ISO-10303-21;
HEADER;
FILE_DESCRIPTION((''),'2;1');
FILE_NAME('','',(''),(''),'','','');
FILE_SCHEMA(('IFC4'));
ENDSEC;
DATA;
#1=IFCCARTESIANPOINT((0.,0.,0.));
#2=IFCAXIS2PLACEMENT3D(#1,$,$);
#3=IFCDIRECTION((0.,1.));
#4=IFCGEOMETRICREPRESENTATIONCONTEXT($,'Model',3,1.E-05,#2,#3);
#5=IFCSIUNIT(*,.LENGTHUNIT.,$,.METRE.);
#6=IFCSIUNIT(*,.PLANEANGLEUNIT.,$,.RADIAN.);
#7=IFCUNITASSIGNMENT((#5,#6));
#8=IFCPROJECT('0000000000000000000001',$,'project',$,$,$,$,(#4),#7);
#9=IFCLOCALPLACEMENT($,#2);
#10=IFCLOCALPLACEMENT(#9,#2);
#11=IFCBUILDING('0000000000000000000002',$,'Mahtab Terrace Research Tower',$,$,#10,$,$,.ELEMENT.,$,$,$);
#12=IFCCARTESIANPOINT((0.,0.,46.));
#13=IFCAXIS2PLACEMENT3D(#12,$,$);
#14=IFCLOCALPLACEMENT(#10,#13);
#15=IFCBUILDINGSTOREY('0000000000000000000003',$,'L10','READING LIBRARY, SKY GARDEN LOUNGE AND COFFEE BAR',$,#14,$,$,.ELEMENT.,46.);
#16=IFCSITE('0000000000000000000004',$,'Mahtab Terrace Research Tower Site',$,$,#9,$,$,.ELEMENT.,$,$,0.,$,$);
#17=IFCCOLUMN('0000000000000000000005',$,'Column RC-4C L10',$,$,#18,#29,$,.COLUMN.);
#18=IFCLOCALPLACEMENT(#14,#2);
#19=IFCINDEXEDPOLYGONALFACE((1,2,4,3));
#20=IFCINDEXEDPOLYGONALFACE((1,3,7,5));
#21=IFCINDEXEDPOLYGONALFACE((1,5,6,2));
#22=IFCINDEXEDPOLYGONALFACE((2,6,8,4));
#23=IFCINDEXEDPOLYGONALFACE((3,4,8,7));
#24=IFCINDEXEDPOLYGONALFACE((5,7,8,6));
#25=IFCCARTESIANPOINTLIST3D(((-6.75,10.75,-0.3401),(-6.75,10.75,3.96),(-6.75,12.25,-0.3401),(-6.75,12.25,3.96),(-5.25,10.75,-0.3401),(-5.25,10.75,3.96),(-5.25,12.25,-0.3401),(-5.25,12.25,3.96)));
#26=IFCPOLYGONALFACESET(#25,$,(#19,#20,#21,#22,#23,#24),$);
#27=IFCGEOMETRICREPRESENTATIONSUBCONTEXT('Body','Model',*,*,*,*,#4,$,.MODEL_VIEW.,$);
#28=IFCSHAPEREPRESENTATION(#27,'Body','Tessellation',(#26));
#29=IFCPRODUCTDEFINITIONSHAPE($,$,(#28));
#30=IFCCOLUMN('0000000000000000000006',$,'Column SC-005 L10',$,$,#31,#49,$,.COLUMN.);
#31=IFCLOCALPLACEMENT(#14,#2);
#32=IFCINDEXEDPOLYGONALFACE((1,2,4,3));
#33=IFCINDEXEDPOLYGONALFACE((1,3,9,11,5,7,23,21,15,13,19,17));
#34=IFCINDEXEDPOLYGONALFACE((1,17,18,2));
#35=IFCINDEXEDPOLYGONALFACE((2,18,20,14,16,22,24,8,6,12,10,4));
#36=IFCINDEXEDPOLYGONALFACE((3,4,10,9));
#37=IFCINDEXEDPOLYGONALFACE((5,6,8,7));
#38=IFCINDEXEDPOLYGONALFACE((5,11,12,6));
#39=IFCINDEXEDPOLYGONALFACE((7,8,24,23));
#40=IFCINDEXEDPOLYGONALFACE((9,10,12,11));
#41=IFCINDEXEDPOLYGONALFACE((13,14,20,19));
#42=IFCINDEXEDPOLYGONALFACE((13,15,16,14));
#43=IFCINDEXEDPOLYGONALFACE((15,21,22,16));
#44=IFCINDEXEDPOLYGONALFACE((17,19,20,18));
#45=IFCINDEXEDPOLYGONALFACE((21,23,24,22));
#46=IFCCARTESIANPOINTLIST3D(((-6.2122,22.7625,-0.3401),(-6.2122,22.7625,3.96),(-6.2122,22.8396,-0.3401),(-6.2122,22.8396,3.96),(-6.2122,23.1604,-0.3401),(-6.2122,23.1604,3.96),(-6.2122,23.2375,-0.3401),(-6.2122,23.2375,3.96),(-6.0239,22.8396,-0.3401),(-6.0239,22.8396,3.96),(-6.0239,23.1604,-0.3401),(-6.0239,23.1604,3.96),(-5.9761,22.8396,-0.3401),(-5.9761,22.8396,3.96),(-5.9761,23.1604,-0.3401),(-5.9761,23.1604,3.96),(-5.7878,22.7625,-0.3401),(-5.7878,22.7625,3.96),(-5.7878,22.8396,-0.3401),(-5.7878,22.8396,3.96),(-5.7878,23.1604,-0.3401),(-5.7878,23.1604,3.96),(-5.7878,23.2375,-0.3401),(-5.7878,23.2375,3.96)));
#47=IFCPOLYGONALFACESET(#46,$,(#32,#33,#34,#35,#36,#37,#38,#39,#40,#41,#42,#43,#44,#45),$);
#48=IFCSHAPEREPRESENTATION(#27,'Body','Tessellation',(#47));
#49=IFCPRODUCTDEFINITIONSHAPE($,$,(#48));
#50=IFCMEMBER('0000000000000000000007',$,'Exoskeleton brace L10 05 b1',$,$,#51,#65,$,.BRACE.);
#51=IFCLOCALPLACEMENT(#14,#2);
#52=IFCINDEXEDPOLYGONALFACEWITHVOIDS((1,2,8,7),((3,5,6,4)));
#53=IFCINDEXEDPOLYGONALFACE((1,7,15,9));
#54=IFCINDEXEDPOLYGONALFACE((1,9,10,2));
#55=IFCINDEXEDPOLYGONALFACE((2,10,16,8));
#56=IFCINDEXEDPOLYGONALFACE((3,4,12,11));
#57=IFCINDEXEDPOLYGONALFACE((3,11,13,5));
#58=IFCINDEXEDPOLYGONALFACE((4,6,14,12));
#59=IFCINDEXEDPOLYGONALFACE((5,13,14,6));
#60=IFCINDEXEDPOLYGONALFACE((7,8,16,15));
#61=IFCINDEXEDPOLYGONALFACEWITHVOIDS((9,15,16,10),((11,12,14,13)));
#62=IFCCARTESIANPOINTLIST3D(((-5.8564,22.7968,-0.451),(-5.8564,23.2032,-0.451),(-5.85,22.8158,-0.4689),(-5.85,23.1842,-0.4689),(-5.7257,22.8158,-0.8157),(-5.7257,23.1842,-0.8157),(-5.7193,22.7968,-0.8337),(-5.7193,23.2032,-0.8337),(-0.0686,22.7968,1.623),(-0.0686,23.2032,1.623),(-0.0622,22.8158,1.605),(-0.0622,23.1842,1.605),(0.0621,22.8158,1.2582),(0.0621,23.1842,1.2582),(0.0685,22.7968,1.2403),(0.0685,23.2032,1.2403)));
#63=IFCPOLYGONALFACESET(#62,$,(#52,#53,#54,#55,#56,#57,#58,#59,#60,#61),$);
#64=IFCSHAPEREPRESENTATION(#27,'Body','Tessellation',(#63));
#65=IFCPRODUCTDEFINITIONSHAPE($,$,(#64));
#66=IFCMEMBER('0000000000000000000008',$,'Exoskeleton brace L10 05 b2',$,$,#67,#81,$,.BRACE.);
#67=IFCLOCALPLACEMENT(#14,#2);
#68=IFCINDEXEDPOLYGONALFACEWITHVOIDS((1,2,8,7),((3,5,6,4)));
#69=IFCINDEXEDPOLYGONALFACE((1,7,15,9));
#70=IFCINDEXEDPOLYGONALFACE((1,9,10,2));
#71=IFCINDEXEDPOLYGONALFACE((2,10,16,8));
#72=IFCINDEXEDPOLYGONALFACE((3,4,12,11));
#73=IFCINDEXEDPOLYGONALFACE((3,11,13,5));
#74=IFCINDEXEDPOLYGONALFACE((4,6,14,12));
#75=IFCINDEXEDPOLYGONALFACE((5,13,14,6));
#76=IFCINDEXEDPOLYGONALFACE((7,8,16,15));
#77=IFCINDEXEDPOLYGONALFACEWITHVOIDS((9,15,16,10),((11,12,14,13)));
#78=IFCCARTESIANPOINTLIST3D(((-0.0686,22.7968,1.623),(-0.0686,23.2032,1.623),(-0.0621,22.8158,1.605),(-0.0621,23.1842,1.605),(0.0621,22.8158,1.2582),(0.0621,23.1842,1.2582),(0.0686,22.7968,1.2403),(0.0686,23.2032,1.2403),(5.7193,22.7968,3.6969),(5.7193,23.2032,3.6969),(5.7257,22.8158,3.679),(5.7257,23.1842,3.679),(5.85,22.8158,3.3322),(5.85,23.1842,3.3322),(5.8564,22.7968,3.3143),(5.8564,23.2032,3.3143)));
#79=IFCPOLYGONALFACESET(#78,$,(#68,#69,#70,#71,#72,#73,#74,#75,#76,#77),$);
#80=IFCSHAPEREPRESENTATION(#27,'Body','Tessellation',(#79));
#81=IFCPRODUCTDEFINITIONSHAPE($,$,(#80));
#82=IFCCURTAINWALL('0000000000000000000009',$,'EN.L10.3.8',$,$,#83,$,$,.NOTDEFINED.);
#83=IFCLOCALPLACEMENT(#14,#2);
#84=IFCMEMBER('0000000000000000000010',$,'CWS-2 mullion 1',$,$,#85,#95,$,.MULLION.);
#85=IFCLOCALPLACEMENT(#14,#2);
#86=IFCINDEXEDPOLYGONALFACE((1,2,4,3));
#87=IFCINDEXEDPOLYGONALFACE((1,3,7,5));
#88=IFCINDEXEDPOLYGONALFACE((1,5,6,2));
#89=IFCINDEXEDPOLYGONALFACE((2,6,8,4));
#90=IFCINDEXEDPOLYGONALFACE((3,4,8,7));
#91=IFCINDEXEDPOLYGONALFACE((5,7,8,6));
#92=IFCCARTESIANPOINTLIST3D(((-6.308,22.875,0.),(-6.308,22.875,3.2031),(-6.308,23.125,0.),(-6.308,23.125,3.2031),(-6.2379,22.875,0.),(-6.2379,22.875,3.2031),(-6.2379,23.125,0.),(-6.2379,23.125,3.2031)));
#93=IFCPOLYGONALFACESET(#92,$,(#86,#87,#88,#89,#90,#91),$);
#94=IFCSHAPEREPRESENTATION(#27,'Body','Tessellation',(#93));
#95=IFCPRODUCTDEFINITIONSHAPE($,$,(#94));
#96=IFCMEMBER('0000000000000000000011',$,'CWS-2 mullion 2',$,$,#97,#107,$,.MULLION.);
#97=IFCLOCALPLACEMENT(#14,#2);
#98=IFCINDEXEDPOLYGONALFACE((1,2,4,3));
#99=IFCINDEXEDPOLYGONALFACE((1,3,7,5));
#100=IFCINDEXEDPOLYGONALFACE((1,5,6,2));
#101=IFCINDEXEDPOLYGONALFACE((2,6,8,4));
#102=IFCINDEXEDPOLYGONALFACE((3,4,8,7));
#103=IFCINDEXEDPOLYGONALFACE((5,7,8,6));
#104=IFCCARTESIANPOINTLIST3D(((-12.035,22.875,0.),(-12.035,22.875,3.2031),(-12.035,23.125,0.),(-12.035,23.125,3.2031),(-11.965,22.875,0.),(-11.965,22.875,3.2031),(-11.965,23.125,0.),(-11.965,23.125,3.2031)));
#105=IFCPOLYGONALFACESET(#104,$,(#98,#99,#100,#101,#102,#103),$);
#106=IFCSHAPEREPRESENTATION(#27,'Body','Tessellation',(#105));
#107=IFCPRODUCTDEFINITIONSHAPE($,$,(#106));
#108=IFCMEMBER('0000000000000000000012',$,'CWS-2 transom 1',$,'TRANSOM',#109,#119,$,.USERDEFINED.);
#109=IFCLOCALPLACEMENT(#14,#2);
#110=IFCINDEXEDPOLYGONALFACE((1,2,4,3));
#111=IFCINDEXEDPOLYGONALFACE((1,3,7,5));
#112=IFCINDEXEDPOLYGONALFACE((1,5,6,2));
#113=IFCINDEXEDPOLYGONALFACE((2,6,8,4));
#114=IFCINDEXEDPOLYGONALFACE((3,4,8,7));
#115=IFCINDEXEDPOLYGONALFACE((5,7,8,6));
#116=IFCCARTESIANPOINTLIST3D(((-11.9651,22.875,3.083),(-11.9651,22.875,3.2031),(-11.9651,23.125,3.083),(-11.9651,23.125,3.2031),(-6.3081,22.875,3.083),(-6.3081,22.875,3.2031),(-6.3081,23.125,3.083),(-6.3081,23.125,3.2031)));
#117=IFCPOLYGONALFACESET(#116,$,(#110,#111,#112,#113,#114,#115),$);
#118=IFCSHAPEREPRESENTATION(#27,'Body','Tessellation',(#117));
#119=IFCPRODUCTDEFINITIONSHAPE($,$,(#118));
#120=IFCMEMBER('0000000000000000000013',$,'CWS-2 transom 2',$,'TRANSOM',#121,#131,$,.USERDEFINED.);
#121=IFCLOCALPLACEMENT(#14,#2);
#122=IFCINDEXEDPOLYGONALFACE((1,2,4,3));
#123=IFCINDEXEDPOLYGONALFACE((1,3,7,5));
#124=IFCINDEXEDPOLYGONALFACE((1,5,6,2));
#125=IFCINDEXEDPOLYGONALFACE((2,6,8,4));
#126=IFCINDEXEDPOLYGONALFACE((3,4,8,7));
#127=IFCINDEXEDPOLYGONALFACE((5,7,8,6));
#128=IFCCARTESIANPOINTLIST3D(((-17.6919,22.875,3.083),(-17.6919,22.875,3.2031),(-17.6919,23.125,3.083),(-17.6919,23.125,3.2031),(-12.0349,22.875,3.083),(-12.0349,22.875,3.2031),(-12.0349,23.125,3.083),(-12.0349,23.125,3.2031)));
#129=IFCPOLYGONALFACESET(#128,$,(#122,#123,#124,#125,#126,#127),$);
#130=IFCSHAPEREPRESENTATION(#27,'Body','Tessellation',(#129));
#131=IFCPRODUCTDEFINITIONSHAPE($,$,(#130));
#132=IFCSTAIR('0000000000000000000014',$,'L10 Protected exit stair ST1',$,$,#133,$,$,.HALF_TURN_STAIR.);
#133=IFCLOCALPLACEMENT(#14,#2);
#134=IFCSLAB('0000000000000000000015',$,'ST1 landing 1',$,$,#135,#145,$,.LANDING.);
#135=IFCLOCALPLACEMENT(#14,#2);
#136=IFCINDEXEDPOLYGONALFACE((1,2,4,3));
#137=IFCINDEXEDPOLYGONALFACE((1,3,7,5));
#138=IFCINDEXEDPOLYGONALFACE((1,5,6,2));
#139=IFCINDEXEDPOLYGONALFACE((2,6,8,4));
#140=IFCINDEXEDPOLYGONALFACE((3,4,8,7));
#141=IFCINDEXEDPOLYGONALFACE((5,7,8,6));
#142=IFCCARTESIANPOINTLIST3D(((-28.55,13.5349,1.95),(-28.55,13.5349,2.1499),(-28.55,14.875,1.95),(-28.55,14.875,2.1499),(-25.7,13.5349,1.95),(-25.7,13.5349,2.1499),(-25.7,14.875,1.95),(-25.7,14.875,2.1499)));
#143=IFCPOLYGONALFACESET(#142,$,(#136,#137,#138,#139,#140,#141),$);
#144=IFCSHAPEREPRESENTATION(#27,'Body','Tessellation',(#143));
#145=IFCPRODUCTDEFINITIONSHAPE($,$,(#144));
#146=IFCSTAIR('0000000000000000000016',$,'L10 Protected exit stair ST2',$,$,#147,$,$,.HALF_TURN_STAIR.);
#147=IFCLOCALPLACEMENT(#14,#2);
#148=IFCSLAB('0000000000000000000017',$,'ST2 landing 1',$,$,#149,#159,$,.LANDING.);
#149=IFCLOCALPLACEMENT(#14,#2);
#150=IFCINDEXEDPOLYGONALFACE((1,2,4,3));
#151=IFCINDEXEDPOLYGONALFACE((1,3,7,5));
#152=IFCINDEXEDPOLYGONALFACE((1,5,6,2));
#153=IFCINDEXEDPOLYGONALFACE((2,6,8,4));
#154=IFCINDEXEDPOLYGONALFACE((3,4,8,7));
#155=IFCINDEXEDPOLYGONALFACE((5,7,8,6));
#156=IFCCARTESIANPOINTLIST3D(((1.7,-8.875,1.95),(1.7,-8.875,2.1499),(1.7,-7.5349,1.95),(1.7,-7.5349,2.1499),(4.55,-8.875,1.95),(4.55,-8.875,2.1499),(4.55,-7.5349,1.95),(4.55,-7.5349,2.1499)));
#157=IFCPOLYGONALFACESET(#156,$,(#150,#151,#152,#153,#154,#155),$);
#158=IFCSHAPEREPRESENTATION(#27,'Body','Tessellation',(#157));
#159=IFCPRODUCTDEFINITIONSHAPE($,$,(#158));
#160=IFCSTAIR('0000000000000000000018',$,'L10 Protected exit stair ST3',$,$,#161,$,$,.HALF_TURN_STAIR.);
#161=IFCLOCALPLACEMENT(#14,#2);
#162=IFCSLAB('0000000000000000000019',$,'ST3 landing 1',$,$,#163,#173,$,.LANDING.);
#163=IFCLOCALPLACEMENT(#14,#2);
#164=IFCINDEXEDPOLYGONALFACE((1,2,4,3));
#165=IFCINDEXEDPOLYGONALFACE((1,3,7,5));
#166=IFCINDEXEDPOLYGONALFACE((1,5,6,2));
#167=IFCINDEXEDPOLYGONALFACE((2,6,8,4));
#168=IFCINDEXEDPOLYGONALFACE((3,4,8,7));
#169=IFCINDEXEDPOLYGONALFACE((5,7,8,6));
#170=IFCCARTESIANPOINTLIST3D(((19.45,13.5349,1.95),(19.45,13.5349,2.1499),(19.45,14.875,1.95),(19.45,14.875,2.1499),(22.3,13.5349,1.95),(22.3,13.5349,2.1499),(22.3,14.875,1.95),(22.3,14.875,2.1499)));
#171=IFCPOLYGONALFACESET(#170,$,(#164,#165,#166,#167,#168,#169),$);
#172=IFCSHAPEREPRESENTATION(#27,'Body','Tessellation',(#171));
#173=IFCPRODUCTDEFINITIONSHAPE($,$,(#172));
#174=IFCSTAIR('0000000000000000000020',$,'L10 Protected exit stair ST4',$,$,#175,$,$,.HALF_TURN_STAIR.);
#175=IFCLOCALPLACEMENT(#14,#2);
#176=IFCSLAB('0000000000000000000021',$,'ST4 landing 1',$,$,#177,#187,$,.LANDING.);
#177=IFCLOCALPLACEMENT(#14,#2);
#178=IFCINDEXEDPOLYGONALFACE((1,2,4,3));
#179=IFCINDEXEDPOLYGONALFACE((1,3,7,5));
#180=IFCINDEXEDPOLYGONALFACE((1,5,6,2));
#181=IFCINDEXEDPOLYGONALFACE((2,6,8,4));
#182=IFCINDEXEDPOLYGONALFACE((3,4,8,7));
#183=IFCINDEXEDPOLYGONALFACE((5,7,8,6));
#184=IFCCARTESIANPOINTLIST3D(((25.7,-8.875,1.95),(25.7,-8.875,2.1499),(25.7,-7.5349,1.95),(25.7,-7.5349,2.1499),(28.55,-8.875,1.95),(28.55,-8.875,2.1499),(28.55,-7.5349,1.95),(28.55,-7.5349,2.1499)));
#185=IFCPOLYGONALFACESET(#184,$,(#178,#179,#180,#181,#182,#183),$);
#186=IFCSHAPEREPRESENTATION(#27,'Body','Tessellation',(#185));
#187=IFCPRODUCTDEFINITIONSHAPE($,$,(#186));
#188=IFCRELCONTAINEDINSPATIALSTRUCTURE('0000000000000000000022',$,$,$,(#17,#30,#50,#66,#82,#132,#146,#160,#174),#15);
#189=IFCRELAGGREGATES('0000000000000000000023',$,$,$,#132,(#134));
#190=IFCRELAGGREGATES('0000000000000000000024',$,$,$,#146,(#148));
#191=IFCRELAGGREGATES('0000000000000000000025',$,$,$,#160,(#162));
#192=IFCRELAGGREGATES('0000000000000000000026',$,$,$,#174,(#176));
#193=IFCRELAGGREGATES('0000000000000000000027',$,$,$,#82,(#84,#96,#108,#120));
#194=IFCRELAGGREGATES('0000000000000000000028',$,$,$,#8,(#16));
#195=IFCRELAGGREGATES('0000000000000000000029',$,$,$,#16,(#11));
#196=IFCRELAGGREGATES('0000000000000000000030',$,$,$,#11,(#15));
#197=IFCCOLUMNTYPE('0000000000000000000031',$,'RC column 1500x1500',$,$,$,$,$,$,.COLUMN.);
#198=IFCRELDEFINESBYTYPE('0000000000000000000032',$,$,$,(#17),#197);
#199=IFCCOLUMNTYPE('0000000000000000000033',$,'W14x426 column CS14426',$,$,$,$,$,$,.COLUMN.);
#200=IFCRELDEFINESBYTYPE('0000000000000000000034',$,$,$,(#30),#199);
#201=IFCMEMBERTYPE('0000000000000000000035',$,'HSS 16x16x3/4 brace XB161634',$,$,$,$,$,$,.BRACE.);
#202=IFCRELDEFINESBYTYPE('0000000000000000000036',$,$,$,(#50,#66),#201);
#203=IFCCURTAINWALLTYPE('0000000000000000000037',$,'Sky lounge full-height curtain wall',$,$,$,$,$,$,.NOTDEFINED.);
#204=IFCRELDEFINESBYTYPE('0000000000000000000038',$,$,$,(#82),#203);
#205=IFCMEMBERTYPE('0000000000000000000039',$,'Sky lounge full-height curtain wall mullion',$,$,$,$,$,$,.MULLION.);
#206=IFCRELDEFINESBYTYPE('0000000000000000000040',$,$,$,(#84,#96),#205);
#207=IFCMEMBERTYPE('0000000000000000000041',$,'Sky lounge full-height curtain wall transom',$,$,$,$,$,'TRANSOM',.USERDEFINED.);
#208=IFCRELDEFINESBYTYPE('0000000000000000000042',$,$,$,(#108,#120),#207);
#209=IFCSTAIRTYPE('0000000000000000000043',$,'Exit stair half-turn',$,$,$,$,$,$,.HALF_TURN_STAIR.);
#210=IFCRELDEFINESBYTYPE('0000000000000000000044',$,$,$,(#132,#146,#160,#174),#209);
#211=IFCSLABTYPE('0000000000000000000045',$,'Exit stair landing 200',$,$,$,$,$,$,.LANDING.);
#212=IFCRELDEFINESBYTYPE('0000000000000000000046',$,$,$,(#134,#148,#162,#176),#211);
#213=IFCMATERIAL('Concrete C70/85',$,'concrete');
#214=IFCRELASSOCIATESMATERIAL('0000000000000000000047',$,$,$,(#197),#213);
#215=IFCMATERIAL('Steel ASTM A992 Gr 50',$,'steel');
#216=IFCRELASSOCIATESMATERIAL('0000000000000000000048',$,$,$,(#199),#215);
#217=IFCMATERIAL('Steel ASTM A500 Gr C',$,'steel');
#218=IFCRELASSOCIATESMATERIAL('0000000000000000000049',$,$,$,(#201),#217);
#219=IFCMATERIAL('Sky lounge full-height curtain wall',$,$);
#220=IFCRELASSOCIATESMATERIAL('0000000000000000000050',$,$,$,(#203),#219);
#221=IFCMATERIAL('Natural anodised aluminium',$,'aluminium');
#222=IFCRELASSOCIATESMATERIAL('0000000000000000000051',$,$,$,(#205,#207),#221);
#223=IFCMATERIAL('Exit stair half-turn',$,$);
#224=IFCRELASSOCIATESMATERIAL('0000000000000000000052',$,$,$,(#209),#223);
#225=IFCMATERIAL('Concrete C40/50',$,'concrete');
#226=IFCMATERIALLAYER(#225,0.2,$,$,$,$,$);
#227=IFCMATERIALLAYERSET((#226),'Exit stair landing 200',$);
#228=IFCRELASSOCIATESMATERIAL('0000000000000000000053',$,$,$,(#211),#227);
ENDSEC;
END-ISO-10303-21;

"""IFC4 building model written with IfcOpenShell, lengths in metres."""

from ifc_helpers import new_model, si_unit, direction, frame, origin, origin_2d, place, context, subcontext, project, spatial, polyline, rectangle, hollow_rectangle, i_section, outline, extrude, material, layer, layer_set, material_profile, profile_set, type_object, element, aggregate, save


model = new_model("IFC4")

# Units and contexts
model_context = context("Model", 3, precision=1e-05, world=origin(), true_north=direction((0.0, 1.0)))
body_context = subcontext(model_context, "Body", "Model", "MODEL_VIEW")
ifc_project = project(units=[si_unit("LENGTHUNIT", "METRE"), si_unit("PLANEANGLEUNIT", "RADIAN")], contexts=[model_context])

# Site, building, storey
site_placement = place(None, origin())
site = spatial("IfcSite", under=ifc_project, at=site_placement, Name="Mahtab Terrace Research Tower Site", CompositionType="ELEMENT", RefElevation=0.0)
building_placement = place(site_placement, origin())
building = spatial("IfcBuilding", under=site, at=building_placement, Name="Mahtab Terrace Research Tower", CompositionType="ELEMENT")
storey_placement = place(building_placement, frame((0.0, 0.0, 46.0)))
storey = spatial("IfcBuildingStorey", under=building, at=storey_placement, Name="L10", Description="READING LIBRARY, SKY GARDEN LOUNGE AND COFFEE BAR", CompositionType="ELEMENT", Elevation=46.0)

# Columns
ifc_material_1 = material(Name="Concrete C70/85", Category="concrete")
ifc_material_profile_1 = material_profile(ifc_material_1, rectangle(XDim=1.5, YDim=1.5, at=origin_2d()), Name="RC column 1500x1500")
ifc_profile_set_1 = profile_set([ifc_material_profile_1], Name="Concrete C70/85")
column_type_1 = type_object("IfcColumnType", Name="RC column 1500x1500", PredefinedType="COLUMN", material=ifc_profile_set_1)
column_1_placement = place(storey_placement, frame((-6.0, 11.5, -0.3401), z_axis=(0.0, 0.0, 1.0), x_axis=(1.0, 0.0, 0.0)))
element("IfcColumn", 1, at=column_1_placement, inside=storey, type_object=column_type_1, Name="Column RC-4C L10", PredefinedType="COLUMN", context=body_context, shape_type="SweptSolid", body=[
    extrude(rectangle(XDim=1.5, YDim=1.5, at=origin_2d()), origin(), (0.0, 0.0, 1.0), 4.3),
])
ifc_material_2 = material(Name="Steel ASTM A992 Gr 50", Category="steel")
ifc_material_profile_2 = material_profile(ifc_material_2, i_section(OverallWidth=0.4243, OverallDepth=0.4751, WebThickness=0.0479, FlangeThickness=0.0771, at=origin_2d()), Name="W14X426")
ifc_profile_set_2 = profile_set([ifc_material_profile_2], Name="Steel ASTM A992 Gr 50")
column_type_2 = type_object("IfcColumnType", Name="W14x426 column CS14426", PredefinedType="COLUMN", material=ifc_profile_set_2)
column_2_placement = place(storey_placement, frame((-6.0, 23.0, -0.3401), z_axis=(0.0, 0.0, 1.0), x_axis=(1.0, 0.0, 0.0)))
element("IfcColumn", 2, at=column_2_placement, inside=storey, type_object=column_type_2, Name="Column SC-005 L10", PredefinedType="COLUMN", context=body_context, shape_type="SweptSolid", body=[
    extrude(i_section(OverallWidth=0.4243, OverallDepth=0.4751, WebThickness=0.0479, FlangeThickness=0.0771, at=origin_2d()), origin(), (0.0, 0.0, 1.0), 4.3),
])

# Members
ifc_material_3 = material(Name="Steel ASTM A500 Gr C", Category="steel")
ifc_material_profile_3 = material_profile(ifc_material_3, hollow_rectangle(XDim=0.4065, YDim=0.4065, WallThickness=0.019, at=origin_2d()), Name="HSS16X16X3/4")
ifc_profile_set_3 = profile_set([ifc_material_profile_3], Name="Steel ASTM A500 Gr C")
member_type_1 = type_object("IfcMemberType", Name="HSS 16x16x3/4 brace XB161634", PredefinedType="BRACE", material=ifc_profile_set_3)
for number, where, z_axis, x_axis, name in (
    (3, (-5.7878, 23.0, -0.6423), (0.941387, 0.0, 0.33733), (0.0, 1.0, 0.0), "Exoskeleton brace L10 05 b1"),
    (4, (0.0, 23.0, 1.4316), (0.941387, 0.0, 0.33733), (0.0, 1.0, 0.0), "Exoskeleton brace L10 05 b2"),
):
    element("IfcMember", number, at=place(storey_placement, frame(where, z_axis=z_axis, x_axis=x_axis)), inside=storey, type_object=member_type_1, Name=name, PredefinedType="BRACE", context=body_context, shape_type="SweptSolid", body=[
        extrude(hollow_rectangle(XDim=0.4065, YDim=0.4065, WallThickness=0.019, at=origin_2d()), origin(), (0.0, 0.0, 1.0), 6.1482),
    ])

# Curtain wall, members
ifc_material_4 = material(Name="Sky lounge full-height curtain wall")
curtain_wall_type = type_object("IfcCurtainWallType", Name="Sky lounge full-height curtain wall", PredefinedType="NOTDEFINED", material=ifc_material_4)
curtain_wall_placement = place(storey_placement, origin())
curtain_wall = element("IfcCurtainWall", 5, at=curtain_wall_placement, inside=storey, type_object=curtain_wall_type, Name="EN.L10.3.8", PredefinedType="NOTDEFINED")
ifc_material_5 = material(Name="Natural anodised aluminium", Category="aluminium")
ifc_material_profile_4 = material_profile(ifc_material_5, rectangle(XDim=0.25, YDim=0.0701, at=origin_2d()), Name="MULLION 70x250")
ifc_profile_set_4 = profile_set([ifc_material_profile_4], Name="Natural anodised aluminium")
member_type_2 = type_object("IfcMemberType", Name="Sky lounge full-height curtain wall mullion", PredefinedType="MULLION", material=ifc_profile_set_4)
member_1_placement = place(storey_placement, frame((-6.2729, 23.0, 0.0), z_axis=(0.0, 0.0, 1.0), x_axis=(0.0, -1.0, 0.0)))
member_1 = element("IfcMember", 6, at=member_1_placement, type_object=member_type_2, Name="CWS-2 mullion 1", PredefinedType="MULLION", context=body_context, shape_type="SweptSolid", body=[
    extrude(rectangle(XDim=0.25, YDim=0.0701, at=origin_2d()), origin(), (0.0, 0.0, 1.0), 3.2031),
])
member_2_placement = place(storey_placement, frame((-12.0, 23.0, 0.0), z_axis=(0.0, 0.0, 1.0), x_axis=(0.0, -1.0, 0.0)))
member_2 = element("IfcMember", 7, at=member_2_placement, type_object=member_type_2, Name="CWS-2 mullion 2", PredefinedType="MULLION", context=body_context, shape_type="SweptSolid", body=[
    extrude(rectangle(XDim=0.25, YDim=0.0701, at=origin_2d()), origin(), (0.0, 0.0, 1.0), 3.2031),
])
ifc_material_profile_5 = material_profile(ifc_material_5, rectangle(XDim=0.25, YDim=0.1201, at=origin_2d()), Name="TRANSOM 120x250")
ifc_profile_set_5 = profile_set([ifc_material_profile_5], Name="Natural anodised aluminium")
member_type_3 = type_object("IfcMemberType", Name="Sky lounge full-height curtain wall transom", ElementType="TRANSOM", PredefinedType="USERDEFINED", material=ifc_profile_set_5)
member_3_placement = place(storey_placement, frame((-6.3081, 23.0, 3.1431), z_axis=(-1.0, 0.0, 0.0), x_axis=(0.0, -1.0, 0.0)))
member_3 = element("IfcMember", 8, at=member_3_placement, type_object=member_type_3, Name="CWS-2 transom 1", ObjectType="TRANSOM", PredefinedType="USERDEFINED", context=body_context, shape_type="SweptSolid", body=[
    extrude(rectangle(XDim=0.25, YDim=0.1201, at=origin_2d()), origin(), (0.0, 0.0, 1.0), 5.657),
])
member_4_placement = place(storey_placement, frame((-12.0349, 23.0, 3.1431), z_axis=(-1.0, 0.0, 0.0), x_axis=(0.0, -1.0, 0.0)))
member_4 = element("IfcMember", 9, at=member_4_placement, type_object=member_type_3, Name="CWS-2 transom 2", ObjectType="TRANSOM", PredefinedType="USERDEFINED", context=body_context, shape_type="SweptSolid", body=[
    extrude(rectangle(XDim=0.25, YDim=0.1201, at=origin_2d()), origin(), (0.0, 0.0, 1.0), 5.657),
])

# Stairs, slabs
ifc_material_6 = material(Name="Exit stair half-turn")
stair_type = type_object("IfcStairType", Name="Exit stair half-turn", PredefinedType="HALF_TURN_STAIR", material=ifc_material_6)
stair_1_placement = place(storey_placement, origin())
stair_1 = element("IfcStair", 10, at=stair_1_placement, inside=storey, type_object=stair_type, Name="L10 Protected exit stair ST1", PredefinedType="HALF_TURN_STAIR")
ifc_material_7 = material(Name="Concrete C40/50", Category="concrete")
ifc_layer_1 = layer(ifc_material_7, 0.2)
ifc_layer_set_1 = layer_set([ifc_layer_1], Name="Exit stair landing 200")
slab_type = type_object("IfcSlabType", Name="Exit stair landing 200", PredefinedType="LANDING", material=ifc_layer_set_1)
slab_1_placement = place(storey_placement, frame((0.0, 0.0, 1.95)))
slab_1 = element("IfcSlab", 11, at=slab_1_placement, type_object=slab_type, Name="ST1 landing 1", PredefinedType="LANDING", context=body_context, shape_type="SweptSolid", body=[
    extrude(outline(polyline([(-25.7, 13.5349), (-25.7, 14.875), (-28.55, 14.875), (-28.55, 13.5349), (-25.7, 13.5349)])), origin(), (0.0, 0.0, 1.0), 0.2),
])
aggregate(stair_1, [slab_1])
stair_2_placement = place(storey_placement, origin())
stair_2 = element("IfcStair", 12, at=stair_2_placement, inside=storey, type_object=stair_type, Name="L10 Protected exit stair ST2", PredefinedType="HALF_TURN_STAIR")
slab_2_placement = place(storey_placement, frame((0.0, 0.0, 1.95)))
slab_2 = element("IfcSlab", 13, at=slab_2_placement, type_object=slab_type, Name="ST2 landing 1", PredefinedType="LANDING", context=body_context, shape_type="SweptSolid", body=[
    extrude(outline(polyline([(1.7, -7.5349), (1.7, -8.875), (4.55, -8.875), (4.55, -7.5349), (1.7, -7.5349)])), origin(), (0.0, 0.0, 1.0), 0.2),
])
aggregate(stair_2, [slab_2])
stair_3_placement = place(storey_placement, origin())
stair_3 = element("IfcStair", 14, at=stair_3_placement, inside=storey, type_object=stair_type, Name="L10 Protected exit stair ST3", PredefinedType="HALF_TURN_STAIR")
slab_3_placement = place(storey_placement, frame((0.0, 0.0, 1.95)))
slab_3 = element("IfcSlab", 15, at=slab_3_placement, type_object=slab_type, Name="ST3 landing 1", PredefinedType="LANDING", context=body_context, shape_type="SweptSolid", body=[
    extrude(outline(polyline([(22.3, 13.5349), (22.3, 14.875), (19.45, 14.875), (19.45, 13.5349), (22.3, 13.5349)])), origin(), (0.0, 0.0, 1.0), 0.2),
])
aggregate(stair_3, [slab_3])
stair_4_placement = place(storey_placement, origin())
stair_4 = element("IfcStair", 16, at=stair_4_placement, inside=storey, type_object=stair_type, Name="L10 Protected exit stair ST4", PredefinedType="HALF_TURN_STAIR")
slab_4_placement = place(storey_placement, frame((0.0, 0.0, 1.95)))
slab_4 = element("IfcSlab", 17, at=slab_4_placement, type_object=slab_type, Name="ST4 landing 1", PredefinedType="LANDING", context=body_context, shape_type="SweptSolid", body=[
    extrude(outline(polyline([(25.7, -7.5349), (25.7, -8.875), (28.55, -8.875), (28.55, -7.5349), (25.7, -7.5349)])), origin(), (0.0, 0.0, 1.0), 0.2),
])
aggregate(stair_4, [slab_4])

aggregate(curtain_wall, [member_1, member_2, member_3, member_4])

save(model, "model.ifc")
